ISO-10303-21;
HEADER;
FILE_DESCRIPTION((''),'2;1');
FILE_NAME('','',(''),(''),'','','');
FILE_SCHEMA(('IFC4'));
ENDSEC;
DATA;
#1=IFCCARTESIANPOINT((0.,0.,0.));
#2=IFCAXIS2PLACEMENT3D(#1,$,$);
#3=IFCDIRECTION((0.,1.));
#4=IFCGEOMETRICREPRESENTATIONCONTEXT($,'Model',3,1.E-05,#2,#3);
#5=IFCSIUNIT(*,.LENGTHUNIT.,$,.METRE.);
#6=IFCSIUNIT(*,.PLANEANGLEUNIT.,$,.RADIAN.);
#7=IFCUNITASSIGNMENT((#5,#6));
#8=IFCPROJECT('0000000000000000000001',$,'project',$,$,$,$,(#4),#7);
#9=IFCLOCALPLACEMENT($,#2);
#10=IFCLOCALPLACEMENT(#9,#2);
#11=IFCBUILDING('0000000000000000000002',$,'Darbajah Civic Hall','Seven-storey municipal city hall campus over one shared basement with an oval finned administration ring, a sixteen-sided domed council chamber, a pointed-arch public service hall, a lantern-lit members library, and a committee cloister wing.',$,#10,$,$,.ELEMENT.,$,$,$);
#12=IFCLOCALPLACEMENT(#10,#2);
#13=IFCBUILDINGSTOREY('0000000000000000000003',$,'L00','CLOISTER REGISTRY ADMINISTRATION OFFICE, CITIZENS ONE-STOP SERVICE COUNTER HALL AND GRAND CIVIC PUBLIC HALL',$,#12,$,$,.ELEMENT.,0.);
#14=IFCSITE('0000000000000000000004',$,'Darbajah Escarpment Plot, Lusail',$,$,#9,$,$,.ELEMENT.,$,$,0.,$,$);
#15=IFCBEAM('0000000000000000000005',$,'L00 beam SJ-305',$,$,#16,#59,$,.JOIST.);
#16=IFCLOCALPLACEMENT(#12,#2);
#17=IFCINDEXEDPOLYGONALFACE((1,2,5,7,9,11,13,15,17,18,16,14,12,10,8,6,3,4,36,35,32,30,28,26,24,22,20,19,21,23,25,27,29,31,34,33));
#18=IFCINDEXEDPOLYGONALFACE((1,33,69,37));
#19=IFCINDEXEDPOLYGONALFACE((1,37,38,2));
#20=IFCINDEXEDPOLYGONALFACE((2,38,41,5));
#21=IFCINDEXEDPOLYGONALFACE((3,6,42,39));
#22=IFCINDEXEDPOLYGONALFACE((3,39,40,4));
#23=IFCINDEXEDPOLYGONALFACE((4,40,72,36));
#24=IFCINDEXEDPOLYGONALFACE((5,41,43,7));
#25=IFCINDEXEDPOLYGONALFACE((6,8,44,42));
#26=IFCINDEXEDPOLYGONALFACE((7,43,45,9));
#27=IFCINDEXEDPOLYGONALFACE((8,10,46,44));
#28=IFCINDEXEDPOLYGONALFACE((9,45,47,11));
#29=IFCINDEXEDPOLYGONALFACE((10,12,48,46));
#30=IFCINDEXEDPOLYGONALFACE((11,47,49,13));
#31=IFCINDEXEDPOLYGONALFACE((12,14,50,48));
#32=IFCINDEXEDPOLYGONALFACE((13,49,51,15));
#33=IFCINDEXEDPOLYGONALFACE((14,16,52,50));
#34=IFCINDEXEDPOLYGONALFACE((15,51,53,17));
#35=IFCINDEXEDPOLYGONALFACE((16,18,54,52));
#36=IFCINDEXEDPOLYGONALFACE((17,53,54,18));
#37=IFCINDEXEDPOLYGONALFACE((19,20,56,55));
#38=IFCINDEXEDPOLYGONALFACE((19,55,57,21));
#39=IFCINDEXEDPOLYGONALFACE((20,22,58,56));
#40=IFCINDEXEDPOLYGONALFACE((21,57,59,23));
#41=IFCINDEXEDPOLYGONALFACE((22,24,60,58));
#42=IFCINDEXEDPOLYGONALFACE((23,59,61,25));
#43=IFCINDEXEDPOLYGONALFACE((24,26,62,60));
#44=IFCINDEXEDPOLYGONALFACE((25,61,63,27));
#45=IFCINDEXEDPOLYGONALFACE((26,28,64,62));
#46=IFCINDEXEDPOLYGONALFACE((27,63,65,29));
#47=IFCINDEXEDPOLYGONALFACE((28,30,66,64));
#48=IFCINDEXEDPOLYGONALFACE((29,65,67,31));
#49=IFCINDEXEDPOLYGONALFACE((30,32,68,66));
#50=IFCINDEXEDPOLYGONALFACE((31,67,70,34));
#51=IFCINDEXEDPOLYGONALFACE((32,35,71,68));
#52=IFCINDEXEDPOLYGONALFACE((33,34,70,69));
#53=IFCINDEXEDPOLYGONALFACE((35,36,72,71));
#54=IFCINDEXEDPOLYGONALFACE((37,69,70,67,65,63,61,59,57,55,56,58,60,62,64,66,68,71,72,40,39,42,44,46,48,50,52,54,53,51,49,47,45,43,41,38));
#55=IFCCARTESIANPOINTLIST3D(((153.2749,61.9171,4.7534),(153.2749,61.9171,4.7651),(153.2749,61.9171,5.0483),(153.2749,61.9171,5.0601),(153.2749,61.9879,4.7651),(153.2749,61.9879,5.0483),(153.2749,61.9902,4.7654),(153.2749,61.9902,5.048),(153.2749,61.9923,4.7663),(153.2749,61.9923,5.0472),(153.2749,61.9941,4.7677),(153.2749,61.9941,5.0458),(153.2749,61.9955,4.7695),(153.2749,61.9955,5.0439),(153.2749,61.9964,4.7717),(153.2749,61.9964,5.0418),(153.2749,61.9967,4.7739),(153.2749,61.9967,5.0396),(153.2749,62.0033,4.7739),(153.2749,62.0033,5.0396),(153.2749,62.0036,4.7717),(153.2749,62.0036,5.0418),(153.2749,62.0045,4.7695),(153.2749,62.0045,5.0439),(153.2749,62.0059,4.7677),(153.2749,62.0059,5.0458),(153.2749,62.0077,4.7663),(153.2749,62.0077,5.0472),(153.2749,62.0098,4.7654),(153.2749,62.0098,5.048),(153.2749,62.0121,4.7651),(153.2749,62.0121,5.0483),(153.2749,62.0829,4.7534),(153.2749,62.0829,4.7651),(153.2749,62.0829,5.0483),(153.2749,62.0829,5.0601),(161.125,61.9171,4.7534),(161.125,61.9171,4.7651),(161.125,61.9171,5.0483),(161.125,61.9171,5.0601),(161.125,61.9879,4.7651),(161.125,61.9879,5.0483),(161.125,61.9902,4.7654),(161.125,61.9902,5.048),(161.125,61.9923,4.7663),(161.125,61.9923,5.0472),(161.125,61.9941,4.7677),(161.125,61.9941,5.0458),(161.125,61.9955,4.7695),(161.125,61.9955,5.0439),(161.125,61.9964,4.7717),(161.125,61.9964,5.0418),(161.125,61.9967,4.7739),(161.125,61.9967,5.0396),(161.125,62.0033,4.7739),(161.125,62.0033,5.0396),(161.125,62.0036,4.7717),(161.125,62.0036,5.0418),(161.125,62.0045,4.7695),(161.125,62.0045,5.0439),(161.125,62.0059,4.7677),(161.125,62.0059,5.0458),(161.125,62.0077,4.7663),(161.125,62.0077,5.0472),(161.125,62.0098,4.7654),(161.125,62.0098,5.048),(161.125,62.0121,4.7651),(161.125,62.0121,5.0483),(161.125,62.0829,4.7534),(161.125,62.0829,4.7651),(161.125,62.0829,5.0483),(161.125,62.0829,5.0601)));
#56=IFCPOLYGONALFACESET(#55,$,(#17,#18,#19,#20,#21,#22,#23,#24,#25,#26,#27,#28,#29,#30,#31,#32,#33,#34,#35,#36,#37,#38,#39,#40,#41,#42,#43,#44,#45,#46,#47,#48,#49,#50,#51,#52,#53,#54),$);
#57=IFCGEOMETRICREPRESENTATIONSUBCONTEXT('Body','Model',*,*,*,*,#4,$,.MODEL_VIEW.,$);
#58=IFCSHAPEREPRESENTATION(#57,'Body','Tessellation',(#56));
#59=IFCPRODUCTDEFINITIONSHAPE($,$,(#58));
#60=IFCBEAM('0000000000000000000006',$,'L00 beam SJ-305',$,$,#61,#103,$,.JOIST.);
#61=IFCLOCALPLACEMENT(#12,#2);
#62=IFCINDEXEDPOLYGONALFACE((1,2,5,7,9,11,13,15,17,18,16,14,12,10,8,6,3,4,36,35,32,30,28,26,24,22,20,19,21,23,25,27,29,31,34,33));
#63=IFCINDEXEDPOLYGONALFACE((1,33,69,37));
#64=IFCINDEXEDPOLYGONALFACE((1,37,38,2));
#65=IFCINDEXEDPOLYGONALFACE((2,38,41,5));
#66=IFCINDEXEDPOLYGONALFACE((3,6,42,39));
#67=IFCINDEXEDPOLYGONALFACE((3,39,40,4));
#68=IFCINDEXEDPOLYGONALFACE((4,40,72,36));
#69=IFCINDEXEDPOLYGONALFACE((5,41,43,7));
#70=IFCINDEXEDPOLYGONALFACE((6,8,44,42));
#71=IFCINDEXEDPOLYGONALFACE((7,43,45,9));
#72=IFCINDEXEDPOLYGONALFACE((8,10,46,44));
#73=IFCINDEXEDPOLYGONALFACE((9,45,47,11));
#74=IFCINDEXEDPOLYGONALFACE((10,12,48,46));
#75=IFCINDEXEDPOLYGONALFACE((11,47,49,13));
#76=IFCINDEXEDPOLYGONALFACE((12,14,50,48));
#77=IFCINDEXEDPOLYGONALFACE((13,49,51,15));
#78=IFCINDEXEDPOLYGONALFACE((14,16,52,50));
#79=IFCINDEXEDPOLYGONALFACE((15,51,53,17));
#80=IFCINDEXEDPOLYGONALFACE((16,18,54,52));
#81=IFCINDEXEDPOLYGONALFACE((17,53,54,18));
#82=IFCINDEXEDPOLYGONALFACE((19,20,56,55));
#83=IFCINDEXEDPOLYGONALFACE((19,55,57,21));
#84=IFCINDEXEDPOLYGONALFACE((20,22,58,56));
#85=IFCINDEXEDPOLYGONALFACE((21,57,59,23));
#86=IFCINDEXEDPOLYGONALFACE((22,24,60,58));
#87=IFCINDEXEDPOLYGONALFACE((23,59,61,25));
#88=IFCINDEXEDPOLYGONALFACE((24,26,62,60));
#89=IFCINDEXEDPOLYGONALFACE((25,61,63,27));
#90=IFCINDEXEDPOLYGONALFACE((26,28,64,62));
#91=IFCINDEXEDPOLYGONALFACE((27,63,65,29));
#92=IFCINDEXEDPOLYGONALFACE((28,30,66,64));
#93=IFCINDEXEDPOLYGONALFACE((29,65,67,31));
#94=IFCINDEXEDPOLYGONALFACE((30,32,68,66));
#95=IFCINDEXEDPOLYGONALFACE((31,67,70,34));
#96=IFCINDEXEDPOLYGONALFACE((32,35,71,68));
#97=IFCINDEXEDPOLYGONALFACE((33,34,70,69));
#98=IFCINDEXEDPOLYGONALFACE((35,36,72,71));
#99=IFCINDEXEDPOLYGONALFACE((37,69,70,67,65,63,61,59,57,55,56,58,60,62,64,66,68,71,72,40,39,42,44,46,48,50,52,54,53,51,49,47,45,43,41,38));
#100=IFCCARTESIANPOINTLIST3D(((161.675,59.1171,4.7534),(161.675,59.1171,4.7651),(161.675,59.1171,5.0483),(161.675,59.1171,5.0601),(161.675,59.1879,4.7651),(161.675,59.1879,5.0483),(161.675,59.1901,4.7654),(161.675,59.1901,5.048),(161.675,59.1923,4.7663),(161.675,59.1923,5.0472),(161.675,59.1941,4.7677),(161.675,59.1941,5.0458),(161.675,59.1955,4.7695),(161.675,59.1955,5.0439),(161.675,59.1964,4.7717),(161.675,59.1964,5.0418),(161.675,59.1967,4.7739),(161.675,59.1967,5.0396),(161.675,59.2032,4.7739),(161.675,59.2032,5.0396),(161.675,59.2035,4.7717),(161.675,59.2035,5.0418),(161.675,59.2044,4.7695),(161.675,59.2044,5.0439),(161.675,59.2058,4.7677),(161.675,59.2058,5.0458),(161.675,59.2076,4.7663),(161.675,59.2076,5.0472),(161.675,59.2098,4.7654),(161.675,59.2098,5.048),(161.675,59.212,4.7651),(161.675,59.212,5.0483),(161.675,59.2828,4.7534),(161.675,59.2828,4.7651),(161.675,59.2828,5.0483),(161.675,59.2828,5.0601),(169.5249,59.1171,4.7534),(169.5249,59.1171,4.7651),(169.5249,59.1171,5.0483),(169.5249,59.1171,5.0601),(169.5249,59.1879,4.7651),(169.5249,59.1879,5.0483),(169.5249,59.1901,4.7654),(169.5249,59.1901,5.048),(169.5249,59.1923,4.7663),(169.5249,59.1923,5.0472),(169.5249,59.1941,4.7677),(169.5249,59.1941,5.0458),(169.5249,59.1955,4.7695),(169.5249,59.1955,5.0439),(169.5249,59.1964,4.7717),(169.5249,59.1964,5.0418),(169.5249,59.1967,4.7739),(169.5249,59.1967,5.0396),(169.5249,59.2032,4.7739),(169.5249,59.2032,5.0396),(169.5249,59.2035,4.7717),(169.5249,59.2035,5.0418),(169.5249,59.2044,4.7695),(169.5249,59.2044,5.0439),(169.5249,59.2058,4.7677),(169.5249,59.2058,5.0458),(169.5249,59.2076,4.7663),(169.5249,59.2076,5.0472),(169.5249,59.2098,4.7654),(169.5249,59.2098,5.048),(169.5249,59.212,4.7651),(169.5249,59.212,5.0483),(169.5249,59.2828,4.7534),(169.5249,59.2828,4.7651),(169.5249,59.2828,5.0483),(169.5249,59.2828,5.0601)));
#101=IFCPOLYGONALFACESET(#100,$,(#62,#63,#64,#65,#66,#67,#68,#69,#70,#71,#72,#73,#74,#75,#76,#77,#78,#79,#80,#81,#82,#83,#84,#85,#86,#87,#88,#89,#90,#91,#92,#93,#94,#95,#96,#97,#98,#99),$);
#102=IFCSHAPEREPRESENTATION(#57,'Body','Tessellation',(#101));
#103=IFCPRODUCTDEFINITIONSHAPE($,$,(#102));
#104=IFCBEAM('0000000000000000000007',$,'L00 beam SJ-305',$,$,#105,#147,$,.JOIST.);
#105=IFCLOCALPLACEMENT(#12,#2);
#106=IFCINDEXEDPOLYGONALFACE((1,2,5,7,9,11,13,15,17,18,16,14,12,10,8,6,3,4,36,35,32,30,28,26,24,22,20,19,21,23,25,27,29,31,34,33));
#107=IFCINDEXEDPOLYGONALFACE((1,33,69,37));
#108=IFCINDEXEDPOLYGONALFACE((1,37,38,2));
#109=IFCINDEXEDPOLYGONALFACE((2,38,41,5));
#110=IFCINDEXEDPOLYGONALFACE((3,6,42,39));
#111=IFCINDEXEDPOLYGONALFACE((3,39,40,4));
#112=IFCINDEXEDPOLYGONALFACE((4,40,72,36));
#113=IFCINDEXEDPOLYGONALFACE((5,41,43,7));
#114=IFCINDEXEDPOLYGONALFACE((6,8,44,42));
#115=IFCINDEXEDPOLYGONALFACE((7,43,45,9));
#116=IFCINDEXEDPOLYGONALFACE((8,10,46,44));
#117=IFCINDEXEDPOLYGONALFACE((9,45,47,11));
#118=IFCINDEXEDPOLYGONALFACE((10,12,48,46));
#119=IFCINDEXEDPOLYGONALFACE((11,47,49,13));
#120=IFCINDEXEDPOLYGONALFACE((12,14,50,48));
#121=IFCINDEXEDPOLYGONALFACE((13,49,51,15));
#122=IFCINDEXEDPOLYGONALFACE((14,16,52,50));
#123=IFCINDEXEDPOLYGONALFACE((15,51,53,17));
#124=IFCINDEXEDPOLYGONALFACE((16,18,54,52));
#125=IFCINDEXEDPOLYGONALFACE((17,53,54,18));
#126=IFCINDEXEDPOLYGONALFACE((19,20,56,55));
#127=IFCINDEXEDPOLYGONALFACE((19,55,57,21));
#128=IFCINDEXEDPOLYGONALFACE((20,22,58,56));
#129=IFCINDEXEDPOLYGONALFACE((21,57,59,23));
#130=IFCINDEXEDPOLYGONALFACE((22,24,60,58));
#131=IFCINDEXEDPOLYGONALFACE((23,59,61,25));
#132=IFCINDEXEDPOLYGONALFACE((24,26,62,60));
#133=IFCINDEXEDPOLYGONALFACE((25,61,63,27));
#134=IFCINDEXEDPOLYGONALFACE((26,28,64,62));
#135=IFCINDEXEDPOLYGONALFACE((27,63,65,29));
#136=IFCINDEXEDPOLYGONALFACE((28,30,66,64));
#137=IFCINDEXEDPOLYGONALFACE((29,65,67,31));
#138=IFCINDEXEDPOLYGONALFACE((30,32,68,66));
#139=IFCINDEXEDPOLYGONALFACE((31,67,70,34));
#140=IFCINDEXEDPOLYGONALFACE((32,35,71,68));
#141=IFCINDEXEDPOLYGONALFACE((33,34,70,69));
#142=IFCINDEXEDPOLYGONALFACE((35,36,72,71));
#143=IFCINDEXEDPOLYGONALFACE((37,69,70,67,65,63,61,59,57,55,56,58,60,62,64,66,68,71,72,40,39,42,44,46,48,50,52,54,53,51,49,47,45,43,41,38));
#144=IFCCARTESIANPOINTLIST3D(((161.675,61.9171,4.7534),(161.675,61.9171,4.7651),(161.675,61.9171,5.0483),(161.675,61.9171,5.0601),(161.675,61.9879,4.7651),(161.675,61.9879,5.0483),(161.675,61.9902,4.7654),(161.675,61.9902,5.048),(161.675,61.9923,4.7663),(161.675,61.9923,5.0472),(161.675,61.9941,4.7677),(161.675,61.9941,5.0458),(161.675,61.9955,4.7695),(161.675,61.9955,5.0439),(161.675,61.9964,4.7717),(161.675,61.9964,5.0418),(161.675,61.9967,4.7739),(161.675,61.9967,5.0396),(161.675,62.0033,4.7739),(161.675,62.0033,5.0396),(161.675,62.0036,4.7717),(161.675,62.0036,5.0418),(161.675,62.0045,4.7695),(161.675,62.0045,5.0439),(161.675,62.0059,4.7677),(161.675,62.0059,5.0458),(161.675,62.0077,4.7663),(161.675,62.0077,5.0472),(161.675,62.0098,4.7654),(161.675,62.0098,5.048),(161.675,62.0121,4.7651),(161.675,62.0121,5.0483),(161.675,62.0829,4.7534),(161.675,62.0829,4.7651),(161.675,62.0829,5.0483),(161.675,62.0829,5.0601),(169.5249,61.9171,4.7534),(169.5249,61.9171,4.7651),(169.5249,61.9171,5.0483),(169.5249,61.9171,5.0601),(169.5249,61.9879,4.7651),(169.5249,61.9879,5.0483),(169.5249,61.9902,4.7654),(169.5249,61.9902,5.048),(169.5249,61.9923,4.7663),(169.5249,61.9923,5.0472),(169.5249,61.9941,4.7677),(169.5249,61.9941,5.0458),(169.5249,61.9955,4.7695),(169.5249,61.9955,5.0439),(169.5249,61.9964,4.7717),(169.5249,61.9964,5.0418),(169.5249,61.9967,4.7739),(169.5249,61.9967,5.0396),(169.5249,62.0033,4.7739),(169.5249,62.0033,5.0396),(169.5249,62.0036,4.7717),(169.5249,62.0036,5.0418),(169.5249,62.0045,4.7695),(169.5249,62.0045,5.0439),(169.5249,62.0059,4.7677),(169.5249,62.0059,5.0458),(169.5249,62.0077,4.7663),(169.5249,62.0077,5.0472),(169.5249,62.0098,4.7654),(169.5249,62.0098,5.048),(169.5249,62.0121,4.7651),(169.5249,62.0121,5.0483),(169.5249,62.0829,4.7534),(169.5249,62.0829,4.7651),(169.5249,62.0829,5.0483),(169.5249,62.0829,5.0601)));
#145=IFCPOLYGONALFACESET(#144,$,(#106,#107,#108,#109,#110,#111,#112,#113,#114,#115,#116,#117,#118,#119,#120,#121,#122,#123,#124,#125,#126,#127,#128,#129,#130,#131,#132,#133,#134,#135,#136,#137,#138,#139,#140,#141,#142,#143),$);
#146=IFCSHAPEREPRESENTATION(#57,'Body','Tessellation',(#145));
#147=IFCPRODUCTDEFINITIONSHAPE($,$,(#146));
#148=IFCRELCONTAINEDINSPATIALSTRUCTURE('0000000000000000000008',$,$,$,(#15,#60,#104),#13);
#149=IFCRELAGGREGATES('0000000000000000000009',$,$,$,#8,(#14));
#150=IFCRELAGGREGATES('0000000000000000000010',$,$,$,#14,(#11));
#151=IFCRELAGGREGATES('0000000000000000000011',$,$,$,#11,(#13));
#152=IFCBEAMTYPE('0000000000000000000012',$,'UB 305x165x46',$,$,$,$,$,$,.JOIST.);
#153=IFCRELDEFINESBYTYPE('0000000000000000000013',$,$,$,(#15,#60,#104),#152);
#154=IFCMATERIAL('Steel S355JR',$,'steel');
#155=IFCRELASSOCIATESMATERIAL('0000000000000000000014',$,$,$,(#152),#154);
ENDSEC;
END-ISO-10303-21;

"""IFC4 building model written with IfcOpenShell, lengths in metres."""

from ifc_helpers import new_model, si_unit, direction, frame, origin, origin_2d, place, context, subcontext, project, spatial, i_section, extrude, material, material_profile, profile_set, type_object, element, save


model = new_model("IFC4")

# Units and contexts
model_context = context("Model", 3, precision=1e-05, world=origin(), true_north=direction((0.0, 1.0)))
body_context = subcontext(model_context, "Body", "Model", "MODEL_VIEW")
ifc_project = project(units=[si_unit("LENGTHUNIT", "METRE"), si_unit("PLANEANGLEUNIT", "RADIAN")], contexts=[model_context])

# Site, building, storey
site_placement = place(None, origin())
site = spatial("IfcSite", under=ifc_project, at=site_placement, Name="Darbajah Escarpment Plot, Lusail", CompositionType="ELEMENT", RefElevation=0.0)
building_placement = place(site_placement, origin())
building = spatial("IfcBuilding", under=site, at=building_placement, Name="Darbajah Civic Hall", Description="Seven-storey municipal city hall campus over one shared basement with an oval finned administration ring, a sixteen-sided domed council chamber, a pointed-arch public service hall, a lantern-lit members library, and a committee cloister wing.", CompositionType="ELEMENT")
storey_placement = place(building_placement, origin())
storey = spatial("IfcBuildingStorey", under=building, at=storey_placement, Name="L00", Description="CLOISTER REGISTRY ADMINISTRATION OFFICE, CITIZENS ONE-STOP SERVICE COUNTER HALL AND GRAND CIVIC PUBLIC HALL", CompositionType="ELEMENT", Elevation=0.0)

# Beams
ifc_material_1 = material(Name="Steel S355JR", Category="steel")
ifc_material_profile_1 = material_profile(ifc_material_1, i_section(OverallWidth=0.1658, OverallDepth=0.3066, WebThickness=0.0066, FlangeThickness=0.0117, FilletRadius=0.0088, at=origin_2d()), Name="UB 305x165x46")
ifc_profile_set_1 = profile_set([ifc_material_profile_1], Name="Steel S355JR")
beam_type_1 = type_object("IfcBeamType", Name="UB 305x165x46", PredefinedType="JOIST", material=ifc_profile_set_1)
for number, where, z_axis, x_axis, name in (
    (1, (153.2749, 62.0, 4.9067), (1.0, 0.0, 0.0), (0.0, 1.0, 0.0), "L00 beam SJ-305"),
):
    element("IfcBeam", number, at=place(storey_placement, frame(where, z_axis=z_axis, x_axis=x_axis)), inside=storey, type_object=beam_type_1, Name=name, PredefinedType="JOIST", context=body_context, shape_type="SweptSolid", body=[
        extrude(i_section(OverallWidth=0.1658, OverallDepth=0.3066, WebThickness=0.0066, FlangeThickness=0.0117, FilletRadius=0.0088, at=origin_2d()), origin(), (0.0, 0.0, 1.0), 7.8501),
    ])
for number, where, z_axis, x_axis, name in (
    (2, (161.675, 59.2, 4.9067), (1.0, 0.0, 0.0), (0.0, 1.0, 0.0), "L00 beam SJ-305"),
    (3, (161.675, 62.0, 4.9067), (1.0, 0.0, 0.0), (0.0, 1.0, 0.0), "L00 beam SJ-305"),
):
    element("IfcBeam", number, at=place(storey_placement, frame(where, z_axis=z_axis, x_axis=x_axis)), inside=storey, type_object=beam_type_1, Name=name, PredefinedType="JOIST", context=body_context, shape_type="SweptSolid", body=[
        extrude(i_section(OverallWidth=0.1658, OverallDepth=0.3066, WebThickness=0.0066, FlangeThickness=0.0117, FilletRadius=0.0088, at=origin_2d()), origin(), (0.0, 0.0, 1.0), 7.8499),
    ])

save(model, "model.ifc")
